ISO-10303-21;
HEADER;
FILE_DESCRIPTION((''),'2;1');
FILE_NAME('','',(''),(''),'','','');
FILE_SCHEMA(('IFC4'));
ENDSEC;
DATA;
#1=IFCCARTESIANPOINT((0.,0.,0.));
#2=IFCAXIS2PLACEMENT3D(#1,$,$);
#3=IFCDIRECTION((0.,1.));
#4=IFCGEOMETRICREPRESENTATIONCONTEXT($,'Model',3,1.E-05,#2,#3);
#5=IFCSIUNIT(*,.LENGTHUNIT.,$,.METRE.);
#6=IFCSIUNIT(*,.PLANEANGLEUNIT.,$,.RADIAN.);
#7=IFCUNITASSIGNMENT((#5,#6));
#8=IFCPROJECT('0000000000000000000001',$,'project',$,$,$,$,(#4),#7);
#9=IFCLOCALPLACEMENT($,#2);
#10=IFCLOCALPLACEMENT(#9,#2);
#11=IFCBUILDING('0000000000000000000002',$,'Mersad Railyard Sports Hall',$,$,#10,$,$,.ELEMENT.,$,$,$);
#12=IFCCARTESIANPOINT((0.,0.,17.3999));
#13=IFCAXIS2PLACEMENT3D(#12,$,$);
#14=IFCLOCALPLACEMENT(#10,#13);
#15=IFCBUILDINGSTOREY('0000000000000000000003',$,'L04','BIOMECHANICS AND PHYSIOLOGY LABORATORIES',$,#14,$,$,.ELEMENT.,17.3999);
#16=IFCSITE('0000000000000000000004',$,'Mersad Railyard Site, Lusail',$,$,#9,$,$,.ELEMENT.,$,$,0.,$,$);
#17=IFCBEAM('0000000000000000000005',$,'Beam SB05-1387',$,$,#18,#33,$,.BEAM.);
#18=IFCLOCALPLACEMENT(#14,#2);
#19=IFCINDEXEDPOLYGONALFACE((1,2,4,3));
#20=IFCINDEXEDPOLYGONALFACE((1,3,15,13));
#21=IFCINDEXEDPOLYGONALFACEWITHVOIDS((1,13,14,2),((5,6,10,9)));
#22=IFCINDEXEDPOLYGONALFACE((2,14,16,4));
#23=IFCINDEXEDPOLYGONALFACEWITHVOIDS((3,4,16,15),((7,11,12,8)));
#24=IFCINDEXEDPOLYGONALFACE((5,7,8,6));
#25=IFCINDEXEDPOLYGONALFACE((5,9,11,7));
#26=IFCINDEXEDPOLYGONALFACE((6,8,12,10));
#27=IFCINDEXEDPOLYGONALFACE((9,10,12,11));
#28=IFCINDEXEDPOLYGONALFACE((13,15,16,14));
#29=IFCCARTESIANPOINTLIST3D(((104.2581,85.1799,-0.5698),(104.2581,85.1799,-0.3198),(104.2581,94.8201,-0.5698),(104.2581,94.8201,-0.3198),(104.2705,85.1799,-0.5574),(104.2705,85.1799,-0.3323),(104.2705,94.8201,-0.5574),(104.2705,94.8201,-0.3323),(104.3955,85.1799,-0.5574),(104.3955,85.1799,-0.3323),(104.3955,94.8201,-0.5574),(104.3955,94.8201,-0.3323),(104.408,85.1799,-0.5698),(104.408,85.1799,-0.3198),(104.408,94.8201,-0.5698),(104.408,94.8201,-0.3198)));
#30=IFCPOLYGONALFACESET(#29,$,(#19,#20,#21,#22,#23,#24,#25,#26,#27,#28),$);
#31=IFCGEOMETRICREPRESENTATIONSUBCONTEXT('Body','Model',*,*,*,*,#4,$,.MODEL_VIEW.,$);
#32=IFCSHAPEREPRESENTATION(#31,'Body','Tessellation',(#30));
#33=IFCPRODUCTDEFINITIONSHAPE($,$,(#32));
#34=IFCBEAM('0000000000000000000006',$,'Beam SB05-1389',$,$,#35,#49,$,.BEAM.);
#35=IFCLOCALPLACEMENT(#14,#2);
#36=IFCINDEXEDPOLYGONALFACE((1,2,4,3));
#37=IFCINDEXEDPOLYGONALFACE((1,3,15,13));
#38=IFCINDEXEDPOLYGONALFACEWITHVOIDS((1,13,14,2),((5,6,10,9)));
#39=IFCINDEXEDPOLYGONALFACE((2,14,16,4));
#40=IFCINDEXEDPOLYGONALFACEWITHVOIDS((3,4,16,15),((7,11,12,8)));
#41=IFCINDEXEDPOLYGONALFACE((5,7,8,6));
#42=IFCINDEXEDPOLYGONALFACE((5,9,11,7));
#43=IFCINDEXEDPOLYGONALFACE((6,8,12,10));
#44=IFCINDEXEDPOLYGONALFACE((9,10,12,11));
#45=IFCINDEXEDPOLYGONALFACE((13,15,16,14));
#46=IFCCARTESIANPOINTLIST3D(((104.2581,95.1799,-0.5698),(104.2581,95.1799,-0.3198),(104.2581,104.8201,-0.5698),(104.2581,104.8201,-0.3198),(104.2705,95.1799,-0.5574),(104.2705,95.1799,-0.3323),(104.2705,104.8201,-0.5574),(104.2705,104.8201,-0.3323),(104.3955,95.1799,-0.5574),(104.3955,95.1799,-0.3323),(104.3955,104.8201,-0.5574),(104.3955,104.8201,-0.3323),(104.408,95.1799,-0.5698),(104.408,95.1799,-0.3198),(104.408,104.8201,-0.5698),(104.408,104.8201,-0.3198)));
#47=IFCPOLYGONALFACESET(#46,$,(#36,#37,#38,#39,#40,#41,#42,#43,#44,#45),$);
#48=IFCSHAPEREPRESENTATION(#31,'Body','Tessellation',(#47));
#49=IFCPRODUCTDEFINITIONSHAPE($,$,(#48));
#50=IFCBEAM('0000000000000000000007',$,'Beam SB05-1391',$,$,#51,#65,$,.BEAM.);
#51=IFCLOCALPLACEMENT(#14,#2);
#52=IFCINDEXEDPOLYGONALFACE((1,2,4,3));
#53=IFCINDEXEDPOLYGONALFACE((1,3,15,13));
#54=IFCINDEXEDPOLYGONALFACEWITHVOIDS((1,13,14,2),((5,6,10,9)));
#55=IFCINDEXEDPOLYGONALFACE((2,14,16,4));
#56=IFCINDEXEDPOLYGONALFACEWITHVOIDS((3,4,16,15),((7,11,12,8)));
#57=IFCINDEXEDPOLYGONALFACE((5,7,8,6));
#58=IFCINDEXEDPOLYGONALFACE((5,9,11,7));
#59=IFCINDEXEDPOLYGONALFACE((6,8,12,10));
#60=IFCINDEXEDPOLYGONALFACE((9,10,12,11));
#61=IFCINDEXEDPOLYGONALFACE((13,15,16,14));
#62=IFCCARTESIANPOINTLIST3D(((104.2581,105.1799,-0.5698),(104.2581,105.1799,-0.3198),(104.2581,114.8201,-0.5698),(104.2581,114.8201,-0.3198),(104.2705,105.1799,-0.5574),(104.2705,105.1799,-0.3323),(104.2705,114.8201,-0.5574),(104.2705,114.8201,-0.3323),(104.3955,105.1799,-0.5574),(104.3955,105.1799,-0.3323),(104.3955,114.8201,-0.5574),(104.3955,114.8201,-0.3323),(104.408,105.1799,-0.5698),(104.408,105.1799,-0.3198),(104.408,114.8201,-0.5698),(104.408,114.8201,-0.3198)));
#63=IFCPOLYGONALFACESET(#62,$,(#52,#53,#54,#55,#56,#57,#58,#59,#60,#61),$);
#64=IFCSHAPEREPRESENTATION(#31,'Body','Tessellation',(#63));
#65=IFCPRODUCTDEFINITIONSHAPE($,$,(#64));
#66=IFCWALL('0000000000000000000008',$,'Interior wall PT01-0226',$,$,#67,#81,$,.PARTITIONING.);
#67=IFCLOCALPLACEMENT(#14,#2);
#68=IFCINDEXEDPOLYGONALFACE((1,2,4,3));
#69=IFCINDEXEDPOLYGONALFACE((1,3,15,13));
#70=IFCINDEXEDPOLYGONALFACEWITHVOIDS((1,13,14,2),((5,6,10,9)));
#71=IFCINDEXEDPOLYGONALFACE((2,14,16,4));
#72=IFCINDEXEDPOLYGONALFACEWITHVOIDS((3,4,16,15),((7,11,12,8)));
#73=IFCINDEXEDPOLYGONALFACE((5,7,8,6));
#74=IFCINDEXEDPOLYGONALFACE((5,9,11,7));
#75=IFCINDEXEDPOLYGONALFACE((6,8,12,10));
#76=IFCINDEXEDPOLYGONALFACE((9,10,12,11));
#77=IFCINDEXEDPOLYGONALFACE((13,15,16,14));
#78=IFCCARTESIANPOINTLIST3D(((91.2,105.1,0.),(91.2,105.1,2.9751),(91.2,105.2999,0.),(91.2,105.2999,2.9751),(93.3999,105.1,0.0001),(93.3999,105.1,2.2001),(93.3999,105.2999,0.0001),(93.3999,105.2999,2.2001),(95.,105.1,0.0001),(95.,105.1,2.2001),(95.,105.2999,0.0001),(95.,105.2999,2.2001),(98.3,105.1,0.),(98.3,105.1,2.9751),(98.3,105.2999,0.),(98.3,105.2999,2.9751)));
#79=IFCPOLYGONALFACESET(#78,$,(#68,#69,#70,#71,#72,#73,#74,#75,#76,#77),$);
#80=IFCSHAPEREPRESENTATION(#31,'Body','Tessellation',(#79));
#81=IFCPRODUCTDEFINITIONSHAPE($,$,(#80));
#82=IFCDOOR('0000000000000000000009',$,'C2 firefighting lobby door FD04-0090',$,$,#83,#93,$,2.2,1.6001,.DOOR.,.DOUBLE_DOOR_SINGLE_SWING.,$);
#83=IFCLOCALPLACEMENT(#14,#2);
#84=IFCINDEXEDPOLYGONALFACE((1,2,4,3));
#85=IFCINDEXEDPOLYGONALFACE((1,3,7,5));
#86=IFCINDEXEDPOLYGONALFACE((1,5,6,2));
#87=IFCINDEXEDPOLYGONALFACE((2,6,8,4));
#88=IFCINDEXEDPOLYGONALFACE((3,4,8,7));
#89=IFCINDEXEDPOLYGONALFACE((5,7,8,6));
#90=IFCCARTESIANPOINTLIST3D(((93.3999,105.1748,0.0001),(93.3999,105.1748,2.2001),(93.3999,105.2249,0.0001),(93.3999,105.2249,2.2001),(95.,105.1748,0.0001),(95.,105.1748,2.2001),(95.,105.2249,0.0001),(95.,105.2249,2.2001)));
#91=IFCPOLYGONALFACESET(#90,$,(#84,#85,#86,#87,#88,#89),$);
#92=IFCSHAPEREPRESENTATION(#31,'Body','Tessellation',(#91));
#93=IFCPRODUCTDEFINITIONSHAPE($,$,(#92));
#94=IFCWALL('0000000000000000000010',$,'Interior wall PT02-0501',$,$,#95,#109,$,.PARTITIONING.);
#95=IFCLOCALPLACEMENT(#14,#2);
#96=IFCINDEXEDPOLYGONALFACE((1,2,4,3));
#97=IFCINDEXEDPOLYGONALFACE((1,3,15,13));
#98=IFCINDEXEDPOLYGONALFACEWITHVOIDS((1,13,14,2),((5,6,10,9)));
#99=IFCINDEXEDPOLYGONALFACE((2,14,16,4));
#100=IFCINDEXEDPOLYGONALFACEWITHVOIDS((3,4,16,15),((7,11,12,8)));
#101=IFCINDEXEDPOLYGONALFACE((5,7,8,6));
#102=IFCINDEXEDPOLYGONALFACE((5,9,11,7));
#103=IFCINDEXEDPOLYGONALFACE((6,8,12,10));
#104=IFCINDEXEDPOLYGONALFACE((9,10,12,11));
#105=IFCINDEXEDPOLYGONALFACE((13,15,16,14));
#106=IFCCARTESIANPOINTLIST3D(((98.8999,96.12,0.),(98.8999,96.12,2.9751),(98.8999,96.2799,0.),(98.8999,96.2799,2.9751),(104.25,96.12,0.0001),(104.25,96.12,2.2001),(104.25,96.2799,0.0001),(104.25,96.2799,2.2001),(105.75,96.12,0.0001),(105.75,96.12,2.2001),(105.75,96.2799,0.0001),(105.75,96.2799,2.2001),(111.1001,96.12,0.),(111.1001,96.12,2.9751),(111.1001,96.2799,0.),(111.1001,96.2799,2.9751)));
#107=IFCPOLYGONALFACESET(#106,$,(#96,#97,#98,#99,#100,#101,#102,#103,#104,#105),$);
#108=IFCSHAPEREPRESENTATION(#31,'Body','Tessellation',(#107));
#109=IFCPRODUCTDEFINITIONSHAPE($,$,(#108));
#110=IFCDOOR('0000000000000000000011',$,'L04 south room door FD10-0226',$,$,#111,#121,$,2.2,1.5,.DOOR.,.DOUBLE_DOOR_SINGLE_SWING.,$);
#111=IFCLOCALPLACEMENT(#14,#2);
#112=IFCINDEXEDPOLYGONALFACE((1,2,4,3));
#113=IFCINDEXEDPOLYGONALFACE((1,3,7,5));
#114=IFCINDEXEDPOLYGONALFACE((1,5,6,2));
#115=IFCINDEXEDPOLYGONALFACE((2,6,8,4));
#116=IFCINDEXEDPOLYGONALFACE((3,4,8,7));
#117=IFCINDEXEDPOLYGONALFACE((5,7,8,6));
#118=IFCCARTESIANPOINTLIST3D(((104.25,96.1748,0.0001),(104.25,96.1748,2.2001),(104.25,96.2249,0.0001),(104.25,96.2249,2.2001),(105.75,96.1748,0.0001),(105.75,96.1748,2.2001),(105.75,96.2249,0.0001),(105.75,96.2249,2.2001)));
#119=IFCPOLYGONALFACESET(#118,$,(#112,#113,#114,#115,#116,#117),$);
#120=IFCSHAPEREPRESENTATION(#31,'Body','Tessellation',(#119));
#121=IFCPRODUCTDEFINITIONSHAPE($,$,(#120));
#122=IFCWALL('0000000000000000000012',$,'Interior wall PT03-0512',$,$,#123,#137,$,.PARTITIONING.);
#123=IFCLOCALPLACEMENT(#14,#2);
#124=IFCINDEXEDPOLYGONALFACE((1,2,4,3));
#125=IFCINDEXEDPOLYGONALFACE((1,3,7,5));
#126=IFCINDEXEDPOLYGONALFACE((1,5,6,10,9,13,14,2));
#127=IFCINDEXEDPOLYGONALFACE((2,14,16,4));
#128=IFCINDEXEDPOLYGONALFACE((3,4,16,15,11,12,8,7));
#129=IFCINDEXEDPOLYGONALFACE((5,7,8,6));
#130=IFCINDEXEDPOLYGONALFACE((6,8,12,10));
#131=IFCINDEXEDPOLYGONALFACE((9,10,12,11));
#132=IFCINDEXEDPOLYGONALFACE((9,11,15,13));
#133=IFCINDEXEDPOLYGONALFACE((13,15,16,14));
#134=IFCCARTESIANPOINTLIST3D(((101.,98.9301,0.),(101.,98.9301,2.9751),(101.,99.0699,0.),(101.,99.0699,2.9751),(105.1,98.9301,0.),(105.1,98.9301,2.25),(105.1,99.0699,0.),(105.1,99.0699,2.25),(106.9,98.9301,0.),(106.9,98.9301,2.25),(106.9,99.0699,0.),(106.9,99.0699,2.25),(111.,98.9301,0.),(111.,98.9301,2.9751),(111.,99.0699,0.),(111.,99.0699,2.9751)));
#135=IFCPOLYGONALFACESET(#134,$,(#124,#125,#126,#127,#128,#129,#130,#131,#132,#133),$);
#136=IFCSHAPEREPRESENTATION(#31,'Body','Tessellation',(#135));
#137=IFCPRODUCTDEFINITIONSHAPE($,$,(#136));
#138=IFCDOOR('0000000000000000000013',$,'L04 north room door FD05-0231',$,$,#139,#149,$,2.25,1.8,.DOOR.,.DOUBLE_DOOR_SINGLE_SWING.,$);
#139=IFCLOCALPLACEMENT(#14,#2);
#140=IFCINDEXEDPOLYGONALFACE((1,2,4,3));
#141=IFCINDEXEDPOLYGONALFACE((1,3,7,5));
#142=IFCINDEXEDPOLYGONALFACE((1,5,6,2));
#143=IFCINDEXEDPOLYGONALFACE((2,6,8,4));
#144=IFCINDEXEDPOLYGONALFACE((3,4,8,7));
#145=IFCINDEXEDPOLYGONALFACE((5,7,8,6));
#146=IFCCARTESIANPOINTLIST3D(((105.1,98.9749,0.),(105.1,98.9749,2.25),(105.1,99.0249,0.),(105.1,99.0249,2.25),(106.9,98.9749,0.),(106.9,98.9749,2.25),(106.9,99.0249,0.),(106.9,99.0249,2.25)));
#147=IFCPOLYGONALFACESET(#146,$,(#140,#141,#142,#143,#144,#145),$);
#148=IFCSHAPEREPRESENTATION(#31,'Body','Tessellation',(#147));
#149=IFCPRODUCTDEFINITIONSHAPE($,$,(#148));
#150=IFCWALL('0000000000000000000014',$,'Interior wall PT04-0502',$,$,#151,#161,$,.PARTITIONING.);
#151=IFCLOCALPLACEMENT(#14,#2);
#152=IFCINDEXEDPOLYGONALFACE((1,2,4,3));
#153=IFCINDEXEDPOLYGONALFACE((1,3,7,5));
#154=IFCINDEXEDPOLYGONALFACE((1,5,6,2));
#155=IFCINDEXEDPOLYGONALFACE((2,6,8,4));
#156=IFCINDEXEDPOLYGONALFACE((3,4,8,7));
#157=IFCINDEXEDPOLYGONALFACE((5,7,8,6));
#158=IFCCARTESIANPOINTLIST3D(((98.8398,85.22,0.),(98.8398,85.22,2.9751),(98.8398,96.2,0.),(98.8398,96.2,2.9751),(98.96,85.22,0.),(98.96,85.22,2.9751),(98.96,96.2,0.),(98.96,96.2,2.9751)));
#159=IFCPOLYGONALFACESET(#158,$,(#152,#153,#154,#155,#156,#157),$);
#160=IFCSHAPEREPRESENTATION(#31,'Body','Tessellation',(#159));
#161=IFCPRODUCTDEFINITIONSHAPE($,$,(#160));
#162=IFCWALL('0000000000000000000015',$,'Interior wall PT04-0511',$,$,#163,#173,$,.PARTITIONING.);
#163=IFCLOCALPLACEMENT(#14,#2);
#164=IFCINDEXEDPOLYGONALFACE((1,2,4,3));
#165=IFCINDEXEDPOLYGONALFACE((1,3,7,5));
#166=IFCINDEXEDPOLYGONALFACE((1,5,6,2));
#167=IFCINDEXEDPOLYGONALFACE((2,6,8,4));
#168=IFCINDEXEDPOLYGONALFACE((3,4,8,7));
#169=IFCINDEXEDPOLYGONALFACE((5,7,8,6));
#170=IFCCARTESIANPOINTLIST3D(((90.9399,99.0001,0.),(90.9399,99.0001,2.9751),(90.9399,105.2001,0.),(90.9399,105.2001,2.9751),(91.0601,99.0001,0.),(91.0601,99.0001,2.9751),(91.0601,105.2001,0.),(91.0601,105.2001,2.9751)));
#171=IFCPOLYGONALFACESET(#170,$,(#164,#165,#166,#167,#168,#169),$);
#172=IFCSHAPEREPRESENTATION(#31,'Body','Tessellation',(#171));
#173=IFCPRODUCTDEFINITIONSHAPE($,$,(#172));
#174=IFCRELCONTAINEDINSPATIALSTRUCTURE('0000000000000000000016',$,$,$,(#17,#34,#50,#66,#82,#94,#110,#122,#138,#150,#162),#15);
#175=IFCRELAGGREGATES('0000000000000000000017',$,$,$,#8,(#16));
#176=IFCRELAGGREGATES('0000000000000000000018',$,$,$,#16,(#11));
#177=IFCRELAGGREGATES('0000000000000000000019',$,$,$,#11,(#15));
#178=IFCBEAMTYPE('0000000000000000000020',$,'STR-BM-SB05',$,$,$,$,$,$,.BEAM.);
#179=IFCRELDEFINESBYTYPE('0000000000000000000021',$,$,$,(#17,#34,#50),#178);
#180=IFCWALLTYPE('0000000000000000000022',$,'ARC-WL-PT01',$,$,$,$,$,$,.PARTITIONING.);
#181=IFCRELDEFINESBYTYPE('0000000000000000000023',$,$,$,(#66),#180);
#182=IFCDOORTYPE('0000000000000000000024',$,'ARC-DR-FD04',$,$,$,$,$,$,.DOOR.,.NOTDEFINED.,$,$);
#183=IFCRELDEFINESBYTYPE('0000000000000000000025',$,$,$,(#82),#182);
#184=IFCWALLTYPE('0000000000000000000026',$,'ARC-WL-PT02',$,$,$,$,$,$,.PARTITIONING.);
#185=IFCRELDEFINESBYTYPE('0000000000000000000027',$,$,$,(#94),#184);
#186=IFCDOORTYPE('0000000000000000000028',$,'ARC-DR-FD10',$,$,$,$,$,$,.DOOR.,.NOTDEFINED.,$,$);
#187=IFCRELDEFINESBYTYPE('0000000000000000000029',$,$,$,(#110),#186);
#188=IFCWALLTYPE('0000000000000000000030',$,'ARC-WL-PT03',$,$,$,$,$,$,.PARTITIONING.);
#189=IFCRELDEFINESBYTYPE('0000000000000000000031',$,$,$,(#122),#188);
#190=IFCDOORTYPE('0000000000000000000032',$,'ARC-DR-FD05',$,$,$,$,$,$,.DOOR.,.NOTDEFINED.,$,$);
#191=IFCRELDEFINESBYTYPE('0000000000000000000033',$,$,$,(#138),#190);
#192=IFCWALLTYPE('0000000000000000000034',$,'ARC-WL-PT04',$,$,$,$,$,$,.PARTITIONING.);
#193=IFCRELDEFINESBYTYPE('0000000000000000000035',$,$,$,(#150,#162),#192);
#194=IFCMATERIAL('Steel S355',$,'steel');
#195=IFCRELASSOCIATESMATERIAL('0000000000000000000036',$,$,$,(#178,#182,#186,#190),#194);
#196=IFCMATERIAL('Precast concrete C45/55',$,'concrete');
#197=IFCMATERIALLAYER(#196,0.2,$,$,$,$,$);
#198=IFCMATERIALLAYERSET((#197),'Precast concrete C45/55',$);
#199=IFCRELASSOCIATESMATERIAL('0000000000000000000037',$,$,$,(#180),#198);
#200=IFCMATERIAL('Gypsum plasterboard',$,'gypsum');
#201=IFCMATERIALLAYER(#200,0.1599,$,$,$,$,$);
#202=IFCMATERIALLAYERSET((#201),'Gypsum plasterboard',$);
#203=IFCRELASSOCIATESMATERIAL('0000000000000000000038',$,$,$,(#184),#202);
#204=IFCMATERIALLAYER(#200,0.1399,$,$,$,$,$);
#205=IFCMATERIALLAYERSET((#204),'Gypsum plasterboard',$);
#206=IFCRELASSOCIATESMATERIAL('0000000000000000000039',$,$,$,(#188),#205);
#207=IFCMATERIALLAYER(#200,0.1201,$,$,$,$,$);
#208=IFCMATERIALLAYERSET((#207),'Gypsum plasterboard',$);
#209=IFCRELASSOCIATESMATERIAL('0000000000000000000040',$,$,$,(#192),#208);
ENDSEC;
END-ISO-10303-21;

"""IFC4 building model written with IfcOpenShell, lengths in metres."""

from ifc_helpers import new_model, si_unit, direction, frame, frame_2d, origin, origin_2d, place, context, subcontext, project, spatial, rectangle, hollow_rectangle, extrude, material, layer, layer_set, material_profile, profile_set, type_object, element, fill, save


model = new_model("IFC4")

# Units and contexts
model_context = context("Model", 3, precision=1e-05, world=origin(), true_north=direction((0.0, 1.0)))
body_context = subcontext(model_context, "Body", "Model", "MODEL_VIEW")
ifc_project = project(units=[si_unit("LENGTHUNIT", "METRE"), si_unit("PLANEANGLEUNIT", "RADIAN")], contexts=[model_context])

# Site, building, storey
site_placement = place(None, origin())
site = spatial("IfcSite", under=ifc_project, at=site_placement, Name="Mersad Railyard Site, Lusail", CompositionType="ELEMENT", RefElevation=0.0)
building_placement = place(site_placement, origin())
building = spatial("IfcBuilding", under=site, at=building_placement, Name="Mersad Railyard Sports Hall", CompositionType="ELEMENT")
storey_placement = place(building_placement, frame((0.0, 0.0, 17.3999)))
storey = spatial("IfcBuildingStorey", under=building, at=storey_placement, Name="L04", Description="BIOMECHANICS AND PHYSIOLOGY LABORATORIES", CompositionType="ELEMENT", Elevation=17.3999)

# Beams
ifc_material_1 = material(Name="Steel S355", Category="steel")
ifc_material_profile_1 = material_profile(ifc_material_1, hollow_rectangle(XDim=0.1499, YDim=0.25, WallThickness=0.0125, at=origin_2d()), Name="RHS 250x150x12.5")
ifc_profile_set_1 = profile_set([ifc_material_profile_1], Name="Steel S355")
beam_type_1 = type_object("IfcBeamType", Name="STR-BM-SB05", PredefinedType="BEAM", material=ifc_profile_set_1)
for number, where, z_axis, x_axis, name in (
    (1, (104.333, 85.1799, -0.4448), (0.0, 1.0, 0.0), (-1.0, 0.0, 0.0), "Beam SB05-1387"),
    (2, (104.333, 95.1799, -0.4448), (0.0, 1.0, 0.0), (-1.0, 0.0, 0.0), "Beam SB05-1389"),
    (3, (104.333, 105.1799, -0.4448), (0.0, 1.0, 0.0), (-1.0, 0.0, 0.0), "Beam SB05-1391"),
):
    element("IfcBeam", number, at=place(storey_placement, frame(where, z_axis=z_axis, x_axis=x_axis)), inside=storey, type_object=beam_type_1, Name=name, PredefinedType="BEAM", context=body_context, shape_type="SweptSolid", body=[
        extrude(hollow_rectangle(XDim=0.1499, YDim=0.25, WallThickness=0.0125, at=origin_2d()), origin(), (0.0, 0.0, 1.0), 9.6401),
    ])

# Walls, openings, doors
ifc_material_2 = material(Name="Precast concrete C45/55", Category="concrete")
ifc_layer_1 = layer(ifc_material_2, 0.2)
ifc_layer_set_1 = layer_set([ifc_layer_1], Name="Precast concrete C45/55")
wall_type_1 = type_object("IfcWallType", Name="ARC-WL-PT01", PredefinedType="PARTITIONING", material=ifc_layer_set_1)
wall_1_placement = place(storey_placement, frame((91.2, 105.2, 0.0), z_axis=(0.0, 0.0, 1.0), x_axis=(1.0, 0.0, 0.0)))
wall_1 = element("IfcWall", 4, at=wall_1_placement, inside=storey, type_object=wall_type_1, Name="Interior wall PT01-0226", PredefinedType="PARTITIONING", context=body_context, shape_type="SweptSolid", body=[
    extrude(rectangle(XDim=7.1001, YDim=0.2, at=frame_2d((3.55, 0.0))), origin(), (0.0, 0.0, 1.0), 2.9751),
])
opening_1_placement = place(wall_1_placement, frame((2.2, 0.0, 0.0)))
opening_1 = element("IfcOpeningElement", 5, at=opening_1_placement, cuts=wall_1, PredefinedType="OPENING", context=body_context, shape_type="SweptSolid", body=[
    extrude(rectangle(XDim=1.6001, YDim=2.2, at=frame_2d((0.8, 1.1001))), frame((0.0, 0.1099, 0.0), z_axis=(0.0, -1.0, 0.0), x_axis=(1.0, 0.0, 0.0)), (0.0, 0.0, 1.0), 0.22),
])
door_type_1 = type_object("IfcDoorType", Name="ARC-DR-FD04", OperationType="NOTDEFINED", PredefinedType="DOOR", material=ifc_material_1)
door_1_placement = place(opening_1_placement, origin())
door_1 = element("IfcDoor", 6, at=door_1_placement, inside=storey, type_object=door_type_1, Name="C2 firefighting lobby door FD04-0090", OperationType="DOUBLE_DOOR_SINGLE_SWING", OverallHeight=2.2, OverallWidth=1.6001, PredefinedType="DOOR", context=body_context, shape_type="SweptSolid", body=[
    extrude(rectangle(XDim=1.6001, YDim=2.2, at=frame_2d((0.8, 1.1001))), frame((0.0, 0.0249, 0.0), z_axis=(0.0, -1.0, 0.0), x_axis=(1.0, 0.0, 0.0)), (0.0, 0.0, 1.0), 0.05),
])
fill(opening_1, door_1)
ifc_material_3 = material(Name="Gypsum plasterboard", Category="gypsum")
ifc_layer_2 = layer(ifc_material_3, 0.1599)
ifc_layer_set_2 = layer_set([ifc_layer_2], Name="Gypsum plasterboard")
wall_type_2 = type_object("IfcWallType", Name="ARC-WL-PT02", PredefinedType="PARTITIONING", material=ifc_layer_set_2)
wall_2_placement = place(storey_placement, frame((98.8999, 96.2, 0.0), z_axis=(0.0, 0.0, 1.0), x_axis=(1.0, 0.0, 0.0)))
wall_2 = element("IfcWall", 7, at=wall_2_placement, inside=storey, type_object=wall_type_2, Name="Interior wall PT02-0501", PredefinedType="PARTITIONING", context=body_context, shape_type="SweptSolid", body=[
    extrude(rectangle(XDim=12.2002, YDim=0.1599, at=frame_2d((6.1001, 0.0))), origin(), (0.0, 0.0, 1.0), 2.9751),
])
opening_2_placement = place(wall_2_placement, frame((5.3501, 0.0, 0.0)))
opening_2 = element("IfcOpeningElement", 8, at=opening_2_placement, cuts=wall_2, PredefinedType="OPENING", context=body_context, shape_type="SweptSolid", body=[
    extrude(rectangle(XDim=1.5, YDim=2.2, at=frame_2d((0.75, 1.1001))), frame((0.0, 0.0898, 0.0), z_axis=(0.0, -1.0, 0.0), x_axis=(1.0, 0.0, 0.0)), (0.0, 0.0, 1.0), 0.1799),
])
door_type_2 = type_object("IfcDoorType", Name="ARC-DR-FD10", OperationType="NOTDEFINED", PredefinedType="DOOR", material=ifc_material_1)
door_2_placement = place(opening_2_placement, origin())
door_2 = element("IfcDoor", 9, at=door_2_placement, inside=storey, type_object=door_type_2, Name="L04 south room door FD10-0226", OperationType="DOUBLE_DOOR_SINGLE_SWING", OverallHeight=2.2, OverallWidth=1.5, PredefinedType="DOOR", context=body_context, shape_type="SweptSolid", body=[
    extrude(rectangle(XDim=1.5, YDim=2.2, at=frame_2d((0.75, 1.1001))), frame((0.0, 0.0249, 0.0), z_axis=(0.0, -1.0, 0.0), x_axis=(1.0, 0.0, 0.0)), (0.0, 0.0, 1.0), 0.05),
])
fill(opening_2, door_2)
ifc_layer_3 = layer(ifc_material_3, 0.1399)
ifc_layer_set_3 = layer_set([ifc_layer_3], Name="Gypsum plasterboard")
wall_type_3 = type_object("IfcWallType", Name="ARC-WL-PT03", PredefinedType="PARTITIONING", material=ifc_layer_set_3)
wall_3_placement = place(storey_placement, frame((101.0, 99.0, 0.0), z_axis=(0.0, 0.0, 1.0), x_axis=(1.0, 0.0, 0.0)))
wall_3 = element("IfcWall", 10, at=wall_3_placement, inside=storey, type_object=wall_type_3, Name="Interior wall PT03-0512", PredefinedType="PARTITIONING", context=body_context, shape_type="SweptSolid", body=[
    extrude(rectangle(XDim=10.0, YDim=0.1399, at=frame_2d((5.0, 0.0))), origin(), (0.0, 0.0, 1.0), 2.9751),
])
opening_3_placement = place(wall_3_placement, frame((4.1001, 0.0, 0.0)))
opening_3 = element("IfcOpeningElement", 11, at=opening_3_placement, cuts=wall_3, PredefinedType="OPENING", context=body_context, shape_type="SweptSolid", body=[
    extrude(rectangle(XDim=1.8, YDim=2.25, at=frame_2d((0.8999, 1.125))), frame((0.0, 0.0798, 0.0), z_axis=(0.0, -1.0, 0.0), x_axis=(1.0, 0.0, 0.0)), (0.0, 0.0, 1.0), 0.1599),
])
door_type_3 = type_object("IfcDoorType", Name="ARC-DR-FD05", OperationType="NOTDEFINED", PredefinedType="DOOR", material=ifc_material_1)
door_3_placement = place(opening_3_placement, origin())
door_3 = element("IfcDoor", 12, at=door_3_placement, inside=storey, type_object=door_type_3, Name="L04 north room door FD05-0231", OperationType="DOUBLE_DOOR_SINGLE_SWING", OverallHeight=2.25, OverallWidth=1.8, PredefinedType="DOOR", context=body_context, shape_type="SweptSolid", body=[
    extrude(rectangle(XDim=1.8, YDim=2.25, at=frame_2d((0.8999, 1.125))), frame((0.0, 0.0249, 0.0), z_axis=(0.0, -1.0, 0.0), x_axis=(1.0, 0.0, 0.0)), (0.0, 0.0, 1.0), 0.05),
])
fill(opening_3, door_3)

# Walls
ifc_layer_4 = layer(ifc_material_3, 0.1201)
ifc_layer_set_4 = layer_set([ifc_layer_4], Name="Gypsum plasterboard")
wall_type_4 = type_object("IfcWallType", Name="ARC-WL-PT04", PredefinedType="PARTITIONING", material=ifc_layer_set_4)
wall_4_placement = place(storey_placement, frame((98.8999, 85.22, 0.0), z_axis=(0.0, 0.0, 1.0), x_axis=(0.0, 1.0, 0.0)))
element("IfcWall", 13, at=wall_4_placement, inside=storey, type_object=wall_type_4, Name="Interior wall PT04-0502", PredefinedType="PARTITIONING", context=body_context, shape_type="SweptSolid", body=[
    extrude(rectangle(XDim=10.98, YDim=0.1201, at=frame_2d((5.49, 0.0))), origin(), (0.0, 0.0, 1.0), 2.9751),
])
wall_5_placement = place(storey_placement, frame((91.0, 99.0, 0.0), z_axis=(0.0, 0.0, 1.0), x_axis=(0.0, 1.0, 0.0)))
element("IfcWall", 14, at=wall_5_placement, inside=storey, type_object=wall_type_4, Name="Interior wall PT04-0511", PredefinedType="PARTITIONING", context=body_context, shape_type="SweptSolid", body=[
    extrude(rectangle(XDim=6.2, YDim=0.1201, at=frame_2d((3.1001, 0.0))), origin(), (0.0, 0.0, 1.0), 2.9751),
])

save(model, "model.ifc")
